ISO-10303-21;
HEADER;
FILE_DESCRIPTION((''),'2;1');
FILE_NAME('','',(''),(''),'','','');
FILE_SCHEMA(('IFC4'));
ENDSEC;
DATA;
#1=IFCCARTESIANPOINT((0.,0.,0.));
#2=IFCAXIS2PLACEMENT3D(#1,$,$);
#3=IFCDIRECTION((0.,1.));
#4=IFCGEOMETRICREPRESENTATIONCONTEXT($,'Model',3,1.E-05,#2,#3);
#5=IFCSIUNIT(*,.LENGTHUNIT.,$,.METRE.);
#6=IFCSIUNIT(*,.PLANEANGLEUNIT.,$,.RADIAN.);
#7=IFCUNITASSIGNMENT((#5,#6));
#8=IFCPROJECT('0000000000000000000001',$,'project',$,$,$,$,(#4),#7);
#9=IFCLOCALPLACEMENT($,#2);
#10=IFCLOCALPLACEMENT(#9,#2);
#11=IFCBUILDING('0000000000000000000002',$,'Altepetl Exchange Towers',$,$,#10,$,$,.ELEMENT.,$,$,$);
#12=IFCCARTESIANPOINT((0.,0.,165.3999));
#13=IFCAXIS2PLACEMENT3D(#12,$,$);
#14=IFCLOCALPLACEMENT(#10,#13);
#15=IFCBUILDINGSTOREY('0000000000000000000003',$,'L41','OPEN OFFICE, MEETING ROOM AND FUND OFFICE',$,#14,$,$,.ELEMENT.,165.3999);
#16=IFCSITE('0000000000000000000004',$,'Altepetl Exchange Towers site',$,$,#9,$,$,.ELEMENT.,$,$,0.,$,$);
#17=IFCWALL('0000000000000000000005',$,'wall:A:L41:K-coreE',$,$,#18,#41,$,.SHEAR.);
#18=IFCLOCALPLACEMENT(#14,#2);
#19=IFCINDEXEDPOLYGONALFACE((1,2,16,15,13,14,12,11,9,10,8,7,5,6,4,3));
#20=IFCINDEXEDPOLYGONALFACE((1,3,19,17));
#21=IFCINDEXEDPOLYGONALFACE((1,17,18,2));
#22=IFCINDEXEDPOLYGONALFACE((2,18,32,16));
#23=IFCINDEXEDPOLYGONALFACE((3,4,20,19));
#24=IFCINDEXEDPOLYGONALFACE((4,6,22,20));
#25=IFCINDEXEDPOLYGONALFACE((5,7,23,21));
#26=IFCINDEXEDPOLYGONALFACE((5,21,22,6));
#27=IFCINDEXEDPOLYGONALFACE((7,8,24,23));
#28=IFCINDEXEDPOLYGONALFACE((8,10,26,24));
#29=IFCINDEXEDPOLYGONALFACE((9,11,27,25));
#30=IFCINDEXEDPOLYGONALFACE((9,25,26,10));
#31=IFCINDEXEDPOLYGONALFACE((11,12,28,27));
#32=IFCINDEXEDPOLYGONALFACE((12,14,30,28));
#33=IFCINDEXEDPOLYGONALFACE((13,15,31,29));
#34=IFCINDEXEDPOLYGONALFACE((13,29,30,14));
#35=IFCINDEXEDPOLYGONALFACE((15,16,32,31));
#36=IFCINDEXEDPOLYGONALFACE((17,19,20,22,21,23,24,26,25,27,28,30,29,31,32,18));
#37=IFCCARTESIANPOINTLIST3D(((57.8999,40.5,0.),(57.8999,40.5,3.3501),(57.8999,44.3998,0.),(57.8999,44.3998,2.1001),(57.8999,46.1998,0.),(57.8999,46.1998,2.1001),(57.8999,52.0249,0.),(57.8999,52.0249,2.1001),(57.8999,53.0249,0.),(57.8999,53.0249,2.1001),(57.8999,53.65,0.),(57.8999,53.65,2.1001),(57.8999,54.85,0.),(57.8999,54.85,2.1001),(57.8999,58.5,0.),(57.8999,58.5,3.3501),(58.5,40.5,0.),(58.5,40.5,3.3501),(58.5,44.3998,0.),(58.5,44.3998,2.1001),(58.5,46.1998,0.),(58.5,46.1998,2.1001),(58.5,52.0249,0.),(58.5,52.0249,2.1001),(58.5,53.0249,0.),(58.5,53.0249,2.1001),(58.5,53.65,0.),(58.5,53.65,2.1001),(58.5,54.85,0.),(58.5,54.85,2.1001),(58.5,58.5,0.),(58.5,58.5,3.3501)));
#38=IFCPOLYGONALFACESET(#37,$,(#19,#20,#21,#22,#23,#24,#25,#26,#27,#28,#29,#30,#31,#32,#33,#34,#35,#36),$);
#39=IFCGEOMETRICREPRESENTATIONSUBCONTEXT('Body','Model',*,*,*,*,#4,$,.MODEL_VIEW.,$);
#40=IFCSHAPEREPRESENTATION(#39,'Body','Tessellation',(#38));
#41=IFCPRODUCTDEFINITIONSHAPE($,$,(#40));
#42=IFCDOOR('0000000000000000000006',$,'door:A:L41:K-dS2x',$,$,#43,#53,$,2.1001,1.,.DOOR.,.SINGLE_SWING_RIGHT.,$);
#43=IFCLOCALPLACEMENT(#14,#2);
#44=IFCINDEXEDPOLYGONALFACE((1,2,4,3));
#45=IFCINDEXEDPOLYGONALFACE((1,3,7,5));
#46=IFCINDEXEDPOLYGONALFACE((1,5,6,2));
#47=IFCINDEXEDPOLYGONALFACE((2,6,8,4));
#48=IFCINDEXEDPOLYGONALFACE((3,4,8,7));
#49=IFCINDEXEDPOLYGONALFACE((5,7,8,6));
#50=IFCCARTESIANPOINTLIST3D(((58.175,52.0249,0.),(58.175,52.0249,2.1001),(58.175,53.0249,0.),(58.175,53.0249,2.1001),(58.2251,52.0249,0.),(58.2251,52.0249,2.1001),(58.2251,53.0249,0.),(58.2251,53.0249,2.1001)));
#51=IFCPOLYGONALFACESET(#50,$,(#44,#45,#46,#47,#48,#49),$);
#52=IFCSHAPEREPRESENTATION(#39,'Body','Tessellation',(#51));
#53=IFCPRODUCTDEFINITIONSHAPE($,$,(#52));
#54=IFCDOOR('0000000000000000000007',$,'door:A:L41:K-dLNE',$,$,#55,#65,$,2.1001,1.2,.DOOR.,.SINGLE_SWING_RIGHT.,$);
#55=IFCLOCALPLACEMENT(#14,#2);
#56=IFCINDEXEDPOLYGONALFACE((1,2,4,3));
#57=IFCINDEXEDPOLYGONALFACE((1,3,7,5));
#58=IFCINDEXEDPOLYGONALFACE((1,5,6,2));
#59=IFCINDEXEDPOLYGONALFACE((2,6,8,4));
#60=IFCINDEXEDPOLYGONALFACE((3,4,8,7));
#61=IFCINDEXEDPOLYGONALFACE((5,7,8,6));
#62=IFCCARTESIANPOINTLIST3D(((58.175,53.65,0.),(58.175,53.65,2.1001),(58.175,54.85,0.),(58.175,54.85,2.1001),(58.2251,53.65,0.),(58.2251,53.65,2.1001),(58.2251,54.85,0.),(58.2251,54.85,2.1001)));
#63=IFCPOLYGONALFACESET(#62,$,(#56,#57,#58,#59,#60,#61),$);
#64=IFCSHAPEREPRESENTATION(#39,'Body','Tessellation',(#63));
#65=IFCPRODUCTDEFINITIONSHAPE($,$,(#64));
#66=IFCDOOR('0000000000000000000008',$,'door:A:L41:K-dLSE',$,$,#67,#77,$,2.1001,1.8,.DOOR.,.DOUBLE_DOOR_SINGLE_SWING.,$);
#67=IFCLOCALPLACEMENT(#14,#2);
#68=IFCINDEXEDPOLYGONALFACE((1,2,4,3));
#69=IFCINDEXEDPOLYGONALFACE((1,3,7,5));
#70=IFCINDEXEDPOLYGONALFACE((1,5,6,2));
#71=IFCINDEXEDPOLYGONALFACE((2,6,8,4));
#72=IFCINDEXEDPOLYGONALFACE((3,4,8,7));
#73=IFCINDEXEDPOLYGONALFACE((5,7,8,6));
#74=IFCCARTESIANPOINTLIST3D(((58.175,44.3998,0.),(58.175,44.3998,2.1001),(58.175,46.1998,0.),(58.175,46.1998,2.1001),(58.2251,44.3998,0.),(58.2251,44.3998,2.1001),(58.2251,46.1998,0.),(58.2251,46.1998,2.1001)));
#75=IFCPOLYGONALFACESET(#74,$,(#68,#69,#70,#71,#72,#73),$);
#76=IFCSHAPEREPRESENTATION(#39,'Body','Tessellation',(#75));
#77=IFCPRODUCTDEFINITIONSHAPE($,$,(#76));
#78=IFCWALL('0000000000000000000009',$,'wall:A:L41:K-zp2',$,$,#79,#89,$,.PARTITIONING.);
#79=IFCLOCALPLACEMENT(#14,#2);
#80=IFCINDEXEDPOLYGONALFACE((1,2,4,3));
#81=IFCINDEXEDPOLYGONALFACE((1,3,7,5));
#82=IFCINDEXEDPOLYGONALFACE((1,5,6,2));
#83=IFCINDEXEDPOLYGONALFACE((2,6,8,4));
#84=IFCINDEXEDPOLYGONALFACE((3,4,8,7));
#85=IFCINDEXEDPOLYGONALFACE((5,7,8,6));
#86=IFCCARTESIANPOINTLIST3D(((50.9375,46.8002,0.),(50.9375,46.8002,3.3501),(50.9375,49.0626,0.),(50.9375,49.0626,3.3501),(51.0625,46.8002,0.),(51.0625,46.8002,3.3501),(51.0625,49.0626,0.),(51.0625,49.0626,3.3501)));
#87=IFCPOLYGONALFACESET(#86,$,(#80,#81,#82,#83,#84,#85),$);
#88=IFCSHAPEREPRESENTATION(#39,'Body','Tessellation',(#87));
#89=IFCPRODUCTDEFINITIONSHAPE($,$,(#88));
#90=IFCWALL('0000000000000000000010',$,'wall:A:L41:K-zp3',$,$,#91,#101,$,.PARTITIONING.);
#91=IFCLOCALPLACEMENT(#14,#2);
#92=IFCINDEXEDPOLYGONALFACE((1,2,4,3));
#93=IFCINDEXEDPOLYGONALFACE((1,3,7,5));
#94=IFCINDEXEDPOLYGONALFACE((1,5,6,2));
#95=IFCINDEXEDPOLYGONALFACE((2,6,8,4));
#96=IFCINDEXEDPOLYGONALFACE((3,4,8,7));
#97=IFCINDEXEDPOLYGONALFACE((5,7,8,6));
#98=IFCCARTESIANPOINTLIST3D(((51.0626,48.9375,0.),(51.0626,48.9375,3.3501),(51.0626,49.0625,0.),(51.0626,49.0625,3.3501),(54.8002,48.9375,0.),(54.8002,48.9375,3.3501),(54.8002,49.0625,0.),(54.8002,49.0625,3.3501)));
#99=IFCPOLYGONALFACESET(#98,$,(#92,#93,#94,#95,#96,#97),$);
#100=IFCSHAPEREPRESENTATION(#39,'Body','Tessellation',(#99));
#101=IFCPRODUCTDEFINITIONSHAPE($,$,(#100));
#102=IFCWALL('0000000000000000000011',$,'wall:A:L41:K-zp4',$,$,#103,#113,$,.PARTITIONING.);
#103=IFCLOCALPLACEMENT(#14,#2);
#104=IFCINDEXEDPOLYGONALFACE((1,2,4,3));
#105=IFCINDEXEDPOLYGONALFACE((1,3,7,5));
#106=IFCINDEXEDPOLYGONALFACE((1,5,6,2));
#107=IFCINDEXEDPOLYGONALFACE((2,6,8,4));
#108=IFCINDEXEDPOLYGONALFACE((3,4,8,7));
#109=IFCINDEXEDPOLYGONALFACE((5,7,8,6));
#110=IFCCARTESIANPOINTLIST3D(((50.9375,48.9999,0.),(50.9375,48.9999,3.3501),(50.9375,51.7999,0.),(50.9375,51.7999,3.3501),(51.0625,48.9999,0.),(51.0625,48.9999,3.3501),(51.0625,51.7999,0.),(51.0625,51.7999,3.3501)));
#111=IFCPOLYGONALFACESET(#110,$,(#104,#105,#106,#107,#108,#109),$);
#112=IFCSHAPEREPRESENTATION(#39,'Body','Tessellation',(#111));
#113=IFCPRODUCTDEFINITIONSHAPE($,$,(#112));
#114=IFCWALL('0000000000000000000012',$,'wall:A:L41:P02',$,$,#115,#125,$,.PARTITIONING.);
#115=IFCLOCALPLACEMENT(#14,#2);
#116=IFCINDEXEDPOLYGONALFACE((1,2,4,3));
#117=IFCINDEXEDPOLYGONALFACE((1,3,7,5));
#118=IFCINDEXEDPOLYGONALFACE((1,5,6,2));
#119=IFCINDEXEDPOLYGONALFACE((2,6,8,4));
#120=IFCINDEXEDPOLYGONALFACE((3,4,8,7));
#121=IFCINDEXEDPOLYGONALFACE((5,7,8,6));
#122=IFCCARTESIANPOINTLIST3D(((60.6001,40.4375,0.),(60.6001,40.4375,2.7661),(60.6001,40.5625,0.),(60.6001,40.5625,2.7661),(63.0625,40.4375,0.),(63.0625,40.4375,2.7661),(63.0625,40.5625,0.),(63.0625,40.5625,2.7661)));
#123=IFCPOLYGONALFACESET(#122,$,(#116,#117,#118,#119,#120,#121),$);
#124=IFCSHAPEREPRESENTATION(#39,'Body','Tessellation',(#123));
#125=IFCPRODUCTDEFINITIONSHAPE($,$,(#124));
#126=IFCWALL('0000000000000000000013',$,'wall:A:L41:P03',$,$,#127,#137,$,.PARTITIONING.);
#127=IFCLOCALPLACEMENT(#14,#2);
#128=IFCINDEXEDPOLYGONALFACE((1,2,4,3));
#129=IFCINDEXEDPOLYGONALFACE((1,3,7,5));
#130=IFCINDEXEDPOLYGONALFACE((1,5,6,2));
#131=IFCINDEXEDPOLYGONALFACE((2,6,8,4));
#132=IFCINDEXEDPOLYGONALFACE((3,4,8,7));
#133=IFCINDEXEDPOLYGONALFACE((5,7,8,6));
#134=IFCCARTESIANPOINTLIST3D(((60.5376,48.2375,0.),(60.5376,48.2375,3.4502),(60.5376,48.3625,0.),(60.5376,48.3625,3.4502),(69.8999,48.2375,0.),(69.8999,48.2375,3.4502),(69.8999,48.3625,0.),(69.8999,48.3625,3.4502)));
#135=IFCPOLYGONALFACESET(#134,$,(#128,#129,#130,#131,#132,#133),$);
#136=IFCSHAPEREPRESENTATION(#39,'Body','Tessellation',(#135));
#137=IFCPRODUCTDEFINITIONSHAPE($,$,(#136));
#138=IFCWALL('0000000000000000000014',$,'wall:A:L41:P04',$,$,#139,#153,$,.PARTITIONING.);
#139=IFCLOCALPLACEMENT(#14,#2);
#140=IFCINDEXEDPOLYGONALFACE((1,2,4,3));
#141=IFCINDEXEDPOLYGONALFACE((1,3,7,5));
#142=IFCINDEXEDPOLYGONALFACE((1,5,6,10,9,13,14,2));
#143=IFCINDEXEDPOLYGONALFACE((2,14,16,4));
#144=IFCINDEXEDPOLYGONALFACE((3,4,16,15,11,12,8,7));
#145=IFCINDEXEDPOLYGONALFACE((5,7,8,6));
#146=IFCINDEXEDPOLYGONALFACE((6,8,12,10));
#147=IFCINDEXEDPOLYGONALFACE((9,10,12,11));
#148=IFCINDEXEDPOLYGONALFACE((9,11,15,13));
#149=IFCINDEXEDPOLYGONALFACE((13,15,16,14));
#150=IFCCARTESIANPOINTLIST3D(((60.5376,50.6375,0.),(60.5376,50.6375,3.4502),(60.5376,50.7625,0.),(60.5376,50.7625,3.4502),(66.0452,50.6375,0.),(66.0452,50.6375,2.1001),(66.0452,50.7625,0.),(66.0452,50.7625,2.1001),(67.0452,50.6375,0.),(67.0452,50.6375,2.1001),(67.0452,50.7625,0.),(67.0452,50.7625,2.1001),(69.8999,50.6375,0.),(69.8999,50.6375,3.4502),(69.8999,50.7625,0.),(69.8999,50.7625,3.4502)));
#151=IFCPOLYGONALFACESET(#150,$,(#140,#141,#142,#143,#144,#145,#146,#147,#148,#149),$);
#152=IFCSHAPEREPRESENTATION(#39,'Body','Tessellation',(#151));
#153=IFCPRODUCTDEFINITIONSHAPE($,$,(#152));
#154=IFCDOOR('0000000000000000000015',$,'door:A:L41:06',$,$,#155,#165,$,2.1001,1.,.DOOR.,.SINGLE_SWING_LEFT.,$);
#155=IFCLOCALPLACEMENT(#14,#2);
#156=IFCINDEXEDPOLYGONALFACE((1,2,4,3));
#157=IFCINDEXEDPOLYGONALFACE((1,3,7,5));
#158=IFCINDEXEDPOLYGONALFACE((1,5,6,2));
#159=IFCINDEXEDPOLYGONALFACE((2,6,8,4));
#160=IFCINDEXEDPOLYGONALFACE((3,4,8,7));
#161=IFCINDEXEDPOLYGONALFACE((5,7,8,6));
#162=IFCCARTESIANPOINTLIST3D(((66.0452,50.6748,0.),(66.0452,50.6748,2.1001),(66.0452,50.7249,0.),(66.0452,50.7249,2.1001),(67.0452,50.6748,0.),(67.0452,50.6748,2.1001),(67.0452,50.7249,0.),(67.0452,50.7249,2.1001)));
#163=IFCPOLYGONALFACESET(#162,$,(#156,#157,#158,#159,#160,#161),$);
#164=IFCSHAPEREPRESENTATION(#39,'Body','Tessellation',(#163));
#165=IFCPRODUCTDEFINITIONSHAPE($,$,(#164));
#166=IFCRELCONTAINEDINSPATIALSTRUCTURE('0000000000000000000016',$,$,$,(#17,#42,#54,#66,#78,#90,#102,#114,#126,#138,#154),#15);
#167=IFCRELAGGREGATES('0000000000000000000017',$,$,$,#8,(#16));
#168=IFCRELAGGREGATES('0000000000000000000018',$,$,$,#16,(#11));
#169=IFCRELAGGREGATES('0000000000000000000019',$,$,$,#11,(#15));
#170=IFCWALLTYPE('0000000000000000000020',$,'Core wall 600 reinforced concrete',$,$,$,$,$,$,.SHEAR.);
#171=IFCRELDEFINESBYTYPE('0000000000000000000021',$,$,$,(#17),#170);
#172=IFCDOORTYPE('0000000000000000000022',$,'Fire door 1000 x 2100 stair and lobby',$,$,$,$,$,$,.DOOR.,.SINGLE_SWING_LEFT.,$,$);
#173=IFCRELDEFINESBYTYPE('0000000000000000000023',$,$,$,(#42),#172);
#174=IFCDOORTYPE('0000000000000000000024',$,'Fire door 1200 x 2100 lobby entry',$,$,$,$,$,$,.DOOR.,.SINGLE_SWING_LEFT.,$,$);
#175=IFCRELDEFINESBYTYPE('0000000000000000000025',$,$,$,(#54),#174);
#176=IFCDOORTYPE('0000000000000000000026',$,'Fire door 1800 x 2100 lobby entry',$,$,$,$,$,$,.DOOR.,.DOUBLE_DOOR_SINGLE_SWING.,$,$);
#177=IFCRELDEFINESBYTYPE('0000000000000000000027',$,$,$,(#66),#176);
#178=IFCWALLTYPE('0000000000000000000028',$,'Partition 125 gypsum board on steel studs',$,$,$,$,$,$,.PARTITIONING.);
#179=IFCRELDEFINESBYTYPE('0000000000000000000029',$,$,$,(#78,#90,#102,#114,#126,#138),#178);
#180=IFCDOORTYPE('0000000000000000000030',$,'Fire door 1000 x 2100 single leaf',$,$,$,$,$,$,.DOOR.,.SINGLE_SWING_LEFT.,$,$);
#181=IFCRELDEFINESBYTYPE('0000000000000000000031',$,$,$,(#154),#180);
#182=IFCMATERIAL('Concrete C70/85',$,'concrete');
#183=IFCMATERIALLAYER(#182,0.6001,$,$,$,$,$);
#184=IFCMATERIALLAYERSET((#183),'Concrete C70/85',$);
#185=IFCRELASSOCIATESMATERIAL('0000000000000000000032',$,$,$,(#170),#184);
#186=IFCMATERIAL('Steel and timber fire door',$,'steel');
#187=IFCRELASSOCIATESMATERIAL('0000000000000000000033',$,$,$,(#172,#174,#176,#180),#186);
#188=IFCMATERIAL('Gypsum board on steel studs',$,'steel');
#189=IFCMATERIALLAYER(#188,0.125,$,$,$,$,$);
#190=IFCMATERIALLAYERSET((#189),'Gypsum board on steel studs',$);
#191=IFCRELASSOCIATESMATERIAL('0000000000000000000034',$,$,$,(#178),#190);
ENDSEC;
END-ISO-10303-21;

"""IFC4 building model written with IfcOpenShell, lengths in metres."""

from ifc_helpers import new_model, si_unit, direction, frame, frame_2d, origin, place, context, subcontext, project, spatial, rectangle, extrude, material, layer, layer_set, type_object, element, fill, save


model = new_model("IFC4")

# Units and contexts
model_context = context("Model", 3, precision=1e-05, world=origin(), true_north=direction((0.0, 1.0)))
body_context = subcontext(model_context, "Body", "Model", "MODEL_VIEW")
ifc_project = project(units=[si_unit("LENGTHUNIT", "METRE"), si_unit("PLANEANGLEUNIT", "RADIAN")], contexts=[model_context])

# Site, building, storey
site_placement = place(None, origin())
site = spatial("IfcSite", under=ifc_project, at=site_placement, Name="Altepetl Exchange Towers site", CompositionType="ELEMENT", RefElevation=0.0)
building_placement = place(site_placement, origin())
building = spatial("IfcBuilding", under=site, at=building_placement, Name="Altepetl Exchange Towers", CompositionType="ELEMENT")
storey_placement = place(building_placement, frame((0.0, 0.0, 165.3999)))
storey = spatial("IfcBuildingStorey", under=building, at=storey_placement, Name="L41", Description="OPEN OFFICE, MEETING ROOM AND FUND OFFICE", CompositionType="ELEMENT", Elevation=165.3999)

# Wall, openings, doors
ifc_material_1 = material(Name="Concrete C70/85", Category="concrete")
ifc_layer_1 = layer(ifc_material_1, 0.6001)
ifc_layer_set_1 = layer_set([ifc_layer_1], Name="Concrete C70/85")
wall_type_1 = type_object("IfcWallType", Name="Core wall 600 reinforced concrete", PredefinedType="SHEAR", material=ifc_layer_set_1)
wall_1_placement = place(storey_placement, frame((58.2, 40.5, 0.0), z_axis=(0.0, 0.0, 1.0), x_axis=(0.0, 1.0, 0.0)))
wall_1 = element("IfcWall", 1, at=wall_1_placement, inside=storey, type_object=wall_type_1, Name="wall:A:L41:K-coreE", PredefinedType="SHEAR", context=body_context, shape_type="SweptSolid", body=[
    extrude(rectangle(XDim=18.0, YDim=0.6001, at=frame_2d((9.0, 0.0))), origin(), (0.0, 0.0, 1.0), 3.3501),
])
opening_1_placement = place(wall_1_placement, frame((13.1499, 0.0, 0.0)))
opening_1 = element("IfcOpeningElement", 2, at=opening_1_placement, cuts=wall_1, PredefinedType="OPENING", context=body_context, shape_type="SweptSolid", body=[
    extrude(rectangle(XDim=1.2, YDim=2.1001, at=frame_2d((0.6001, 1.05))), frame((0.0, 0.3101, 0.0), z_axis=(0.0, -1.0, 0.0), x_axis=(1.0, 0.0, 0.0)), (0.0, 0.0, 1.0), 0.6201),
])
opening_2_placement = place(wall_1_placement, frame((3.8999, 0.0, 0.0)))
opening_2 = element("IfcOpeningElement", 3, at=opening_2_placement, cuts=wall_1, PredefinedType="OPENING", context=body_context, shape_type="SweptSolid", body=[
    extrude(rectangle(XDim=1.8, YDim=2.1001, at=frame_2d((0.8999, 1.05))), frame((0.0, 0.3101, 0.0), z_axis=(0.0, -1.0, 0.0), x_axis=(1.0, 0.0, 0.0)), (0.0, 0.0, 1.0), 0.6201),
])
opening_3_placement = place(wall_1_placement, frame((11.5249, 0.0, 0.0)))
opening_3 = element("IfcOpeningElement", 4, at=opening_3_placement, cuts=wall_1, PredefinedType="OPENING", context=body_context, shape_type="SweptSolid", body=[
    extrude(rectangle(XDim=1.0, YDim=2.1001, at=frame_2d((0.5, 1.05))), frame((0.0, 0.3101, 0.0), z_axis=(0.0, -1.0, 0.0), x_axis=(1.0, 0.0, 0.0)), (0.0, 0.0, 1.0), 0.6201),
])
ifc_material_2 = material(Name="Steel and timber fire door", Category="steel")
door_type_1 = type_object("IfcDoorType", Name="Fire door 1000 x 2100 stair and lobby", OperationType="SINGLE_SWING_LEFT", PredefinedType="DOOR", material=ifc_material_2)
door_1_placement = place(opening_3_placement, origin())
door_1 = element("IfcDoor", 5, at=door_1_placement, inside=storey, type_object=door_type_1, Name="door:A:L41:K-dS2x", OperationType="SINGLE_SWING_RIGHT", OverallHeight=2.1001, OverallWidth=1.0, PredefinedType="DOOR", context=body_context, shape_type="SweptSolid", body=[
    extrude(rectangle(XDim=1.0, YDim=2.1001, at=frame_2d((0.5, 1.05))), frame((0.0, 0.0249, 0.0), z_axis=(0.0, -1.0, 0.0), x_axis=(1.0, 0.0, 0.0)), (0.0, 0.0, 1.0), 0.05),
])
fill(opening_3, door_1)
door_type_2 = type_object("IfcDoorType", Name="Fire door 1200 x 2100 lobby entry", OperationType="SINGLE_SWING_LEFT", PredefinedType="DOOR", material=ifc_material_2)
door_2_placement = place(opening_1_placement, origin())
door_2 = element("IfcDoor", 6, at=door_2_placement, inside=storey, type_object=door_type_2, Name="door:A:L41:K-dLNE", OperationType="SINGLE_SWING_RIGHT", OverallHeight=2.1001, OverallWidth=1.2, PredefinedType="DOOR", context=body_context, shape_type="SweptSolid", body=[
    extrude(rectangle(XDim=1.2, YDim=2.1001, at=frame_2d((0.6001, 1.05))), frame((0.0, 0.0249, 0.0), z_axis=(0.0, -1.0, 0.0), x_axis=(1.0, 0.0, 0.0)), (0.0, 0.0, 1.0), 0.05),
])
fill(opening_1, door_2)
door_type_3 = type_object("IfcDoorType", Name="Fire door 1800 x 2100 lobby entry", OperationType="DOUBLE_DOOR_SINGLE_SWING", PredefinedType="DOOR", material=ifc_material_2)
door_3_placement = place(opening_2_placement, origin())
door_3 = element("IfcDoor", 7, at=door_3_placement, inside=storey, type_object=door_type_3, Name="door:A:L41:K-dLSE", OperationType="DOUBLE_DOOR_SINGLE_SWING", OverallHeight=2.1001, OverallWidth=1.8, PredefinedType="DOOR", context=body_context, shape_type="SweptSolid", body=[
    extrude(rectangle(XDim=1.8, YDim=2.1001, at=frame_2d((0.8999, 1.05))), frame((0.0, 0.0249, 0.0), z_axis=(0.0, -1.0, 0.0), x_axis=(1.0, 0.0, 0.0)), (0.0, 0.0, 1.0), 0.05),
])
fill(opening_2, door_3)

# Walls
ifc_material_3 = material(Name="Gypsum board on steel studs", Category="steel")
ifc_layer_2 = layer(ifc_material_3, 0.125)
ifc_layer_set_2 = layer_set([ifc_layer_2], Name="Gypsum board on steel studs")
wall_type_2 = type_object("IfcWallType", Name="Partition 125 gypsum board on steel studs", PredefinedType="PARTITIONING", material=ifc_layer_set_2)
wall_2_placement = place(storey_placement, frame((51.0, 46.8, 0.0), z_axis=(0.0, 0.0, 1.0), x_axis=(0.0, 1.0, 0.0)))
element("IfcWall", 8, at=wall_2_placement, inside=storey, type_object=wall_type_2, Name="wall:A:L41:K-zp2", PredefinedType="PARTITIONING", context=body_context, shape_type="SweptSolid", body=[
    extrude(rectangle(XDim=2.2625, YDim=0.125, at=frame_2d((1.1313, 0.0))), origin(), (0.0, 0.0, 1.0), 3.3501),
])
wall_3_placement = place(storey_placement, frame((54.8, 49.0, 0.0), z_axis=(0.0, 0.0, 1.0), x_axis=(-1.0, 0.0, 0.0)))
element("IfcWall", 9, at=wall_3_placement, inside=storey, type_object=wall_type_2, Name="wall:A:L41:K-zp3", PredefinedType="PARTITIONING", context=body_context, shape_type="SweptSolid", body=[
    extrude(rectangle(XDim=3.7375, YDim=0.125, at=frame_2d((1.8687, 0.0))), origin(), (0.0, 0.0, 1.0), 3.3501),
])
wall_4_placement = place(storey_placement, frame((51.0, 49.0, 0.0), z_axis=(0.0, 0.0, 1.0), x_axis=(0.0, 1.0, 0.0)))
element("IfcWall", 10, at=wall_4_placement, inside=storey, type_object=wall_type_2, Name="wall:A:L41:K-zp4", PredefinedType="PARTITIONING", context=body_context, shape_type="SweptSolid", body=[
    extrude(rectangle(XDim=2.8, YDim=0.125, at=frame_2d((1.3999, 0.0))), origin(), (0.0, 0.0, 1.0), 3.3501),
])
wall_5_placement = place(storey_placement, frame((60.6001, 40.5, 0.0)))
element("IfcWall", 11, at=wall_5_placement, inside=storey, type_object=wall_type_2, Name="wall:A:L41:P02", PredefinedType="PARTITIONING", context=body_context, shape_type="SweptSolid", body=[
    extrude(rectangle(XDim=2.4624, YDim=0.125, at=frame_2d((1.2312, 0.0))), origin(), (0.0, 0.0, 1.0), 2.7661),
])
wall_6_placement = place(storey_placement, frame((60.5376, 48.3, 0.0)))
element("IfcWall", 12, at=wall_6_placement, inside=storey, type_object=wall_type_2, Name="wall:A:L41:P03", PredefinedType="PARTITIONING", context=body_context, shape_type="SweptSolid", body=[
    extrude(rectangle(XDim=9.3623, YDim=0.125, at=frame_2d((4.6812, 0.0))), origin(), (0.0, 0.0, 1.0), 3.4502),
])

# Wall, opening, door
wall_7_placement = place(storey_placement, frame((60.5376, 50.7, 0.0)))
wall_7 = element("IfcWall", 13, at=wall_7_placement, inside=storey, type_object=wall_type_2, Name="wall:A:L41:P04", PredefinedType="PARTITIONING", context=body_context, shape_type="SweptSolid", body=[
    extrude(rectangle(XDim=9.3623, YDim=0.125, at=frame_2d((4.6812, 0.0))), origin(), (0.0, 0.0, 1.0), 3.4502),
])
opening_4_placement = place(wall_7_placement, frame((5.5076, 0.0, 0.0)))
opening_4 = element("IfcOpeningElement", 14, at=opening_4_placement, cuts=wall_7, PredefinedType="OPENING", context=body_context, shape_type="SweptSolid", body=[
    extrude(rectangle(XDim=1.0, YDim=2.1001, at=frame_2d((0.5, 1.05))), frame((0.0, 0.0725, 0.0), z_axis=(0.0, -1.0, 0.0), x_axis=(1.0, 0.0, 0.0)), (0.0, 0.0, 1.0), 0.145),
])
door_type_4 = type_object("IfcDoorType", Name="Fire door 1000 x 2100 single leaf", OperationType="SINGLE_SWING_LEFT", PredefinedType="DOOR", material=ifc_material_2)
door_4_placement = place(opening_4_placement, origin())
door_4 = element("IfcDoor", 15, at=door_4_placement, inside=storey, type_object=door_type_4, Name="door:A:L41:06", OperationType="SINGLE_SWING_LEFT", OverallHeight=2.1001, OverallWidth=1.0, PredefinedType="DOOR", context=body_context, shape_type="SweptSolid", body=[
    extrude(rectangle(XDim=1.0, YDim=2.1001, at=frame_2d((0.5, 1.05))), frame((0.0, 0.0249, 0.0), z_axis=(0.0, -1.0, 0.0), x_axis=(1.0, 0.0, 0.0)), (0.0, 0.0, 1.0), 0.05),
])
fill(opening_4, door_4)

save(model, "model.ifc")
